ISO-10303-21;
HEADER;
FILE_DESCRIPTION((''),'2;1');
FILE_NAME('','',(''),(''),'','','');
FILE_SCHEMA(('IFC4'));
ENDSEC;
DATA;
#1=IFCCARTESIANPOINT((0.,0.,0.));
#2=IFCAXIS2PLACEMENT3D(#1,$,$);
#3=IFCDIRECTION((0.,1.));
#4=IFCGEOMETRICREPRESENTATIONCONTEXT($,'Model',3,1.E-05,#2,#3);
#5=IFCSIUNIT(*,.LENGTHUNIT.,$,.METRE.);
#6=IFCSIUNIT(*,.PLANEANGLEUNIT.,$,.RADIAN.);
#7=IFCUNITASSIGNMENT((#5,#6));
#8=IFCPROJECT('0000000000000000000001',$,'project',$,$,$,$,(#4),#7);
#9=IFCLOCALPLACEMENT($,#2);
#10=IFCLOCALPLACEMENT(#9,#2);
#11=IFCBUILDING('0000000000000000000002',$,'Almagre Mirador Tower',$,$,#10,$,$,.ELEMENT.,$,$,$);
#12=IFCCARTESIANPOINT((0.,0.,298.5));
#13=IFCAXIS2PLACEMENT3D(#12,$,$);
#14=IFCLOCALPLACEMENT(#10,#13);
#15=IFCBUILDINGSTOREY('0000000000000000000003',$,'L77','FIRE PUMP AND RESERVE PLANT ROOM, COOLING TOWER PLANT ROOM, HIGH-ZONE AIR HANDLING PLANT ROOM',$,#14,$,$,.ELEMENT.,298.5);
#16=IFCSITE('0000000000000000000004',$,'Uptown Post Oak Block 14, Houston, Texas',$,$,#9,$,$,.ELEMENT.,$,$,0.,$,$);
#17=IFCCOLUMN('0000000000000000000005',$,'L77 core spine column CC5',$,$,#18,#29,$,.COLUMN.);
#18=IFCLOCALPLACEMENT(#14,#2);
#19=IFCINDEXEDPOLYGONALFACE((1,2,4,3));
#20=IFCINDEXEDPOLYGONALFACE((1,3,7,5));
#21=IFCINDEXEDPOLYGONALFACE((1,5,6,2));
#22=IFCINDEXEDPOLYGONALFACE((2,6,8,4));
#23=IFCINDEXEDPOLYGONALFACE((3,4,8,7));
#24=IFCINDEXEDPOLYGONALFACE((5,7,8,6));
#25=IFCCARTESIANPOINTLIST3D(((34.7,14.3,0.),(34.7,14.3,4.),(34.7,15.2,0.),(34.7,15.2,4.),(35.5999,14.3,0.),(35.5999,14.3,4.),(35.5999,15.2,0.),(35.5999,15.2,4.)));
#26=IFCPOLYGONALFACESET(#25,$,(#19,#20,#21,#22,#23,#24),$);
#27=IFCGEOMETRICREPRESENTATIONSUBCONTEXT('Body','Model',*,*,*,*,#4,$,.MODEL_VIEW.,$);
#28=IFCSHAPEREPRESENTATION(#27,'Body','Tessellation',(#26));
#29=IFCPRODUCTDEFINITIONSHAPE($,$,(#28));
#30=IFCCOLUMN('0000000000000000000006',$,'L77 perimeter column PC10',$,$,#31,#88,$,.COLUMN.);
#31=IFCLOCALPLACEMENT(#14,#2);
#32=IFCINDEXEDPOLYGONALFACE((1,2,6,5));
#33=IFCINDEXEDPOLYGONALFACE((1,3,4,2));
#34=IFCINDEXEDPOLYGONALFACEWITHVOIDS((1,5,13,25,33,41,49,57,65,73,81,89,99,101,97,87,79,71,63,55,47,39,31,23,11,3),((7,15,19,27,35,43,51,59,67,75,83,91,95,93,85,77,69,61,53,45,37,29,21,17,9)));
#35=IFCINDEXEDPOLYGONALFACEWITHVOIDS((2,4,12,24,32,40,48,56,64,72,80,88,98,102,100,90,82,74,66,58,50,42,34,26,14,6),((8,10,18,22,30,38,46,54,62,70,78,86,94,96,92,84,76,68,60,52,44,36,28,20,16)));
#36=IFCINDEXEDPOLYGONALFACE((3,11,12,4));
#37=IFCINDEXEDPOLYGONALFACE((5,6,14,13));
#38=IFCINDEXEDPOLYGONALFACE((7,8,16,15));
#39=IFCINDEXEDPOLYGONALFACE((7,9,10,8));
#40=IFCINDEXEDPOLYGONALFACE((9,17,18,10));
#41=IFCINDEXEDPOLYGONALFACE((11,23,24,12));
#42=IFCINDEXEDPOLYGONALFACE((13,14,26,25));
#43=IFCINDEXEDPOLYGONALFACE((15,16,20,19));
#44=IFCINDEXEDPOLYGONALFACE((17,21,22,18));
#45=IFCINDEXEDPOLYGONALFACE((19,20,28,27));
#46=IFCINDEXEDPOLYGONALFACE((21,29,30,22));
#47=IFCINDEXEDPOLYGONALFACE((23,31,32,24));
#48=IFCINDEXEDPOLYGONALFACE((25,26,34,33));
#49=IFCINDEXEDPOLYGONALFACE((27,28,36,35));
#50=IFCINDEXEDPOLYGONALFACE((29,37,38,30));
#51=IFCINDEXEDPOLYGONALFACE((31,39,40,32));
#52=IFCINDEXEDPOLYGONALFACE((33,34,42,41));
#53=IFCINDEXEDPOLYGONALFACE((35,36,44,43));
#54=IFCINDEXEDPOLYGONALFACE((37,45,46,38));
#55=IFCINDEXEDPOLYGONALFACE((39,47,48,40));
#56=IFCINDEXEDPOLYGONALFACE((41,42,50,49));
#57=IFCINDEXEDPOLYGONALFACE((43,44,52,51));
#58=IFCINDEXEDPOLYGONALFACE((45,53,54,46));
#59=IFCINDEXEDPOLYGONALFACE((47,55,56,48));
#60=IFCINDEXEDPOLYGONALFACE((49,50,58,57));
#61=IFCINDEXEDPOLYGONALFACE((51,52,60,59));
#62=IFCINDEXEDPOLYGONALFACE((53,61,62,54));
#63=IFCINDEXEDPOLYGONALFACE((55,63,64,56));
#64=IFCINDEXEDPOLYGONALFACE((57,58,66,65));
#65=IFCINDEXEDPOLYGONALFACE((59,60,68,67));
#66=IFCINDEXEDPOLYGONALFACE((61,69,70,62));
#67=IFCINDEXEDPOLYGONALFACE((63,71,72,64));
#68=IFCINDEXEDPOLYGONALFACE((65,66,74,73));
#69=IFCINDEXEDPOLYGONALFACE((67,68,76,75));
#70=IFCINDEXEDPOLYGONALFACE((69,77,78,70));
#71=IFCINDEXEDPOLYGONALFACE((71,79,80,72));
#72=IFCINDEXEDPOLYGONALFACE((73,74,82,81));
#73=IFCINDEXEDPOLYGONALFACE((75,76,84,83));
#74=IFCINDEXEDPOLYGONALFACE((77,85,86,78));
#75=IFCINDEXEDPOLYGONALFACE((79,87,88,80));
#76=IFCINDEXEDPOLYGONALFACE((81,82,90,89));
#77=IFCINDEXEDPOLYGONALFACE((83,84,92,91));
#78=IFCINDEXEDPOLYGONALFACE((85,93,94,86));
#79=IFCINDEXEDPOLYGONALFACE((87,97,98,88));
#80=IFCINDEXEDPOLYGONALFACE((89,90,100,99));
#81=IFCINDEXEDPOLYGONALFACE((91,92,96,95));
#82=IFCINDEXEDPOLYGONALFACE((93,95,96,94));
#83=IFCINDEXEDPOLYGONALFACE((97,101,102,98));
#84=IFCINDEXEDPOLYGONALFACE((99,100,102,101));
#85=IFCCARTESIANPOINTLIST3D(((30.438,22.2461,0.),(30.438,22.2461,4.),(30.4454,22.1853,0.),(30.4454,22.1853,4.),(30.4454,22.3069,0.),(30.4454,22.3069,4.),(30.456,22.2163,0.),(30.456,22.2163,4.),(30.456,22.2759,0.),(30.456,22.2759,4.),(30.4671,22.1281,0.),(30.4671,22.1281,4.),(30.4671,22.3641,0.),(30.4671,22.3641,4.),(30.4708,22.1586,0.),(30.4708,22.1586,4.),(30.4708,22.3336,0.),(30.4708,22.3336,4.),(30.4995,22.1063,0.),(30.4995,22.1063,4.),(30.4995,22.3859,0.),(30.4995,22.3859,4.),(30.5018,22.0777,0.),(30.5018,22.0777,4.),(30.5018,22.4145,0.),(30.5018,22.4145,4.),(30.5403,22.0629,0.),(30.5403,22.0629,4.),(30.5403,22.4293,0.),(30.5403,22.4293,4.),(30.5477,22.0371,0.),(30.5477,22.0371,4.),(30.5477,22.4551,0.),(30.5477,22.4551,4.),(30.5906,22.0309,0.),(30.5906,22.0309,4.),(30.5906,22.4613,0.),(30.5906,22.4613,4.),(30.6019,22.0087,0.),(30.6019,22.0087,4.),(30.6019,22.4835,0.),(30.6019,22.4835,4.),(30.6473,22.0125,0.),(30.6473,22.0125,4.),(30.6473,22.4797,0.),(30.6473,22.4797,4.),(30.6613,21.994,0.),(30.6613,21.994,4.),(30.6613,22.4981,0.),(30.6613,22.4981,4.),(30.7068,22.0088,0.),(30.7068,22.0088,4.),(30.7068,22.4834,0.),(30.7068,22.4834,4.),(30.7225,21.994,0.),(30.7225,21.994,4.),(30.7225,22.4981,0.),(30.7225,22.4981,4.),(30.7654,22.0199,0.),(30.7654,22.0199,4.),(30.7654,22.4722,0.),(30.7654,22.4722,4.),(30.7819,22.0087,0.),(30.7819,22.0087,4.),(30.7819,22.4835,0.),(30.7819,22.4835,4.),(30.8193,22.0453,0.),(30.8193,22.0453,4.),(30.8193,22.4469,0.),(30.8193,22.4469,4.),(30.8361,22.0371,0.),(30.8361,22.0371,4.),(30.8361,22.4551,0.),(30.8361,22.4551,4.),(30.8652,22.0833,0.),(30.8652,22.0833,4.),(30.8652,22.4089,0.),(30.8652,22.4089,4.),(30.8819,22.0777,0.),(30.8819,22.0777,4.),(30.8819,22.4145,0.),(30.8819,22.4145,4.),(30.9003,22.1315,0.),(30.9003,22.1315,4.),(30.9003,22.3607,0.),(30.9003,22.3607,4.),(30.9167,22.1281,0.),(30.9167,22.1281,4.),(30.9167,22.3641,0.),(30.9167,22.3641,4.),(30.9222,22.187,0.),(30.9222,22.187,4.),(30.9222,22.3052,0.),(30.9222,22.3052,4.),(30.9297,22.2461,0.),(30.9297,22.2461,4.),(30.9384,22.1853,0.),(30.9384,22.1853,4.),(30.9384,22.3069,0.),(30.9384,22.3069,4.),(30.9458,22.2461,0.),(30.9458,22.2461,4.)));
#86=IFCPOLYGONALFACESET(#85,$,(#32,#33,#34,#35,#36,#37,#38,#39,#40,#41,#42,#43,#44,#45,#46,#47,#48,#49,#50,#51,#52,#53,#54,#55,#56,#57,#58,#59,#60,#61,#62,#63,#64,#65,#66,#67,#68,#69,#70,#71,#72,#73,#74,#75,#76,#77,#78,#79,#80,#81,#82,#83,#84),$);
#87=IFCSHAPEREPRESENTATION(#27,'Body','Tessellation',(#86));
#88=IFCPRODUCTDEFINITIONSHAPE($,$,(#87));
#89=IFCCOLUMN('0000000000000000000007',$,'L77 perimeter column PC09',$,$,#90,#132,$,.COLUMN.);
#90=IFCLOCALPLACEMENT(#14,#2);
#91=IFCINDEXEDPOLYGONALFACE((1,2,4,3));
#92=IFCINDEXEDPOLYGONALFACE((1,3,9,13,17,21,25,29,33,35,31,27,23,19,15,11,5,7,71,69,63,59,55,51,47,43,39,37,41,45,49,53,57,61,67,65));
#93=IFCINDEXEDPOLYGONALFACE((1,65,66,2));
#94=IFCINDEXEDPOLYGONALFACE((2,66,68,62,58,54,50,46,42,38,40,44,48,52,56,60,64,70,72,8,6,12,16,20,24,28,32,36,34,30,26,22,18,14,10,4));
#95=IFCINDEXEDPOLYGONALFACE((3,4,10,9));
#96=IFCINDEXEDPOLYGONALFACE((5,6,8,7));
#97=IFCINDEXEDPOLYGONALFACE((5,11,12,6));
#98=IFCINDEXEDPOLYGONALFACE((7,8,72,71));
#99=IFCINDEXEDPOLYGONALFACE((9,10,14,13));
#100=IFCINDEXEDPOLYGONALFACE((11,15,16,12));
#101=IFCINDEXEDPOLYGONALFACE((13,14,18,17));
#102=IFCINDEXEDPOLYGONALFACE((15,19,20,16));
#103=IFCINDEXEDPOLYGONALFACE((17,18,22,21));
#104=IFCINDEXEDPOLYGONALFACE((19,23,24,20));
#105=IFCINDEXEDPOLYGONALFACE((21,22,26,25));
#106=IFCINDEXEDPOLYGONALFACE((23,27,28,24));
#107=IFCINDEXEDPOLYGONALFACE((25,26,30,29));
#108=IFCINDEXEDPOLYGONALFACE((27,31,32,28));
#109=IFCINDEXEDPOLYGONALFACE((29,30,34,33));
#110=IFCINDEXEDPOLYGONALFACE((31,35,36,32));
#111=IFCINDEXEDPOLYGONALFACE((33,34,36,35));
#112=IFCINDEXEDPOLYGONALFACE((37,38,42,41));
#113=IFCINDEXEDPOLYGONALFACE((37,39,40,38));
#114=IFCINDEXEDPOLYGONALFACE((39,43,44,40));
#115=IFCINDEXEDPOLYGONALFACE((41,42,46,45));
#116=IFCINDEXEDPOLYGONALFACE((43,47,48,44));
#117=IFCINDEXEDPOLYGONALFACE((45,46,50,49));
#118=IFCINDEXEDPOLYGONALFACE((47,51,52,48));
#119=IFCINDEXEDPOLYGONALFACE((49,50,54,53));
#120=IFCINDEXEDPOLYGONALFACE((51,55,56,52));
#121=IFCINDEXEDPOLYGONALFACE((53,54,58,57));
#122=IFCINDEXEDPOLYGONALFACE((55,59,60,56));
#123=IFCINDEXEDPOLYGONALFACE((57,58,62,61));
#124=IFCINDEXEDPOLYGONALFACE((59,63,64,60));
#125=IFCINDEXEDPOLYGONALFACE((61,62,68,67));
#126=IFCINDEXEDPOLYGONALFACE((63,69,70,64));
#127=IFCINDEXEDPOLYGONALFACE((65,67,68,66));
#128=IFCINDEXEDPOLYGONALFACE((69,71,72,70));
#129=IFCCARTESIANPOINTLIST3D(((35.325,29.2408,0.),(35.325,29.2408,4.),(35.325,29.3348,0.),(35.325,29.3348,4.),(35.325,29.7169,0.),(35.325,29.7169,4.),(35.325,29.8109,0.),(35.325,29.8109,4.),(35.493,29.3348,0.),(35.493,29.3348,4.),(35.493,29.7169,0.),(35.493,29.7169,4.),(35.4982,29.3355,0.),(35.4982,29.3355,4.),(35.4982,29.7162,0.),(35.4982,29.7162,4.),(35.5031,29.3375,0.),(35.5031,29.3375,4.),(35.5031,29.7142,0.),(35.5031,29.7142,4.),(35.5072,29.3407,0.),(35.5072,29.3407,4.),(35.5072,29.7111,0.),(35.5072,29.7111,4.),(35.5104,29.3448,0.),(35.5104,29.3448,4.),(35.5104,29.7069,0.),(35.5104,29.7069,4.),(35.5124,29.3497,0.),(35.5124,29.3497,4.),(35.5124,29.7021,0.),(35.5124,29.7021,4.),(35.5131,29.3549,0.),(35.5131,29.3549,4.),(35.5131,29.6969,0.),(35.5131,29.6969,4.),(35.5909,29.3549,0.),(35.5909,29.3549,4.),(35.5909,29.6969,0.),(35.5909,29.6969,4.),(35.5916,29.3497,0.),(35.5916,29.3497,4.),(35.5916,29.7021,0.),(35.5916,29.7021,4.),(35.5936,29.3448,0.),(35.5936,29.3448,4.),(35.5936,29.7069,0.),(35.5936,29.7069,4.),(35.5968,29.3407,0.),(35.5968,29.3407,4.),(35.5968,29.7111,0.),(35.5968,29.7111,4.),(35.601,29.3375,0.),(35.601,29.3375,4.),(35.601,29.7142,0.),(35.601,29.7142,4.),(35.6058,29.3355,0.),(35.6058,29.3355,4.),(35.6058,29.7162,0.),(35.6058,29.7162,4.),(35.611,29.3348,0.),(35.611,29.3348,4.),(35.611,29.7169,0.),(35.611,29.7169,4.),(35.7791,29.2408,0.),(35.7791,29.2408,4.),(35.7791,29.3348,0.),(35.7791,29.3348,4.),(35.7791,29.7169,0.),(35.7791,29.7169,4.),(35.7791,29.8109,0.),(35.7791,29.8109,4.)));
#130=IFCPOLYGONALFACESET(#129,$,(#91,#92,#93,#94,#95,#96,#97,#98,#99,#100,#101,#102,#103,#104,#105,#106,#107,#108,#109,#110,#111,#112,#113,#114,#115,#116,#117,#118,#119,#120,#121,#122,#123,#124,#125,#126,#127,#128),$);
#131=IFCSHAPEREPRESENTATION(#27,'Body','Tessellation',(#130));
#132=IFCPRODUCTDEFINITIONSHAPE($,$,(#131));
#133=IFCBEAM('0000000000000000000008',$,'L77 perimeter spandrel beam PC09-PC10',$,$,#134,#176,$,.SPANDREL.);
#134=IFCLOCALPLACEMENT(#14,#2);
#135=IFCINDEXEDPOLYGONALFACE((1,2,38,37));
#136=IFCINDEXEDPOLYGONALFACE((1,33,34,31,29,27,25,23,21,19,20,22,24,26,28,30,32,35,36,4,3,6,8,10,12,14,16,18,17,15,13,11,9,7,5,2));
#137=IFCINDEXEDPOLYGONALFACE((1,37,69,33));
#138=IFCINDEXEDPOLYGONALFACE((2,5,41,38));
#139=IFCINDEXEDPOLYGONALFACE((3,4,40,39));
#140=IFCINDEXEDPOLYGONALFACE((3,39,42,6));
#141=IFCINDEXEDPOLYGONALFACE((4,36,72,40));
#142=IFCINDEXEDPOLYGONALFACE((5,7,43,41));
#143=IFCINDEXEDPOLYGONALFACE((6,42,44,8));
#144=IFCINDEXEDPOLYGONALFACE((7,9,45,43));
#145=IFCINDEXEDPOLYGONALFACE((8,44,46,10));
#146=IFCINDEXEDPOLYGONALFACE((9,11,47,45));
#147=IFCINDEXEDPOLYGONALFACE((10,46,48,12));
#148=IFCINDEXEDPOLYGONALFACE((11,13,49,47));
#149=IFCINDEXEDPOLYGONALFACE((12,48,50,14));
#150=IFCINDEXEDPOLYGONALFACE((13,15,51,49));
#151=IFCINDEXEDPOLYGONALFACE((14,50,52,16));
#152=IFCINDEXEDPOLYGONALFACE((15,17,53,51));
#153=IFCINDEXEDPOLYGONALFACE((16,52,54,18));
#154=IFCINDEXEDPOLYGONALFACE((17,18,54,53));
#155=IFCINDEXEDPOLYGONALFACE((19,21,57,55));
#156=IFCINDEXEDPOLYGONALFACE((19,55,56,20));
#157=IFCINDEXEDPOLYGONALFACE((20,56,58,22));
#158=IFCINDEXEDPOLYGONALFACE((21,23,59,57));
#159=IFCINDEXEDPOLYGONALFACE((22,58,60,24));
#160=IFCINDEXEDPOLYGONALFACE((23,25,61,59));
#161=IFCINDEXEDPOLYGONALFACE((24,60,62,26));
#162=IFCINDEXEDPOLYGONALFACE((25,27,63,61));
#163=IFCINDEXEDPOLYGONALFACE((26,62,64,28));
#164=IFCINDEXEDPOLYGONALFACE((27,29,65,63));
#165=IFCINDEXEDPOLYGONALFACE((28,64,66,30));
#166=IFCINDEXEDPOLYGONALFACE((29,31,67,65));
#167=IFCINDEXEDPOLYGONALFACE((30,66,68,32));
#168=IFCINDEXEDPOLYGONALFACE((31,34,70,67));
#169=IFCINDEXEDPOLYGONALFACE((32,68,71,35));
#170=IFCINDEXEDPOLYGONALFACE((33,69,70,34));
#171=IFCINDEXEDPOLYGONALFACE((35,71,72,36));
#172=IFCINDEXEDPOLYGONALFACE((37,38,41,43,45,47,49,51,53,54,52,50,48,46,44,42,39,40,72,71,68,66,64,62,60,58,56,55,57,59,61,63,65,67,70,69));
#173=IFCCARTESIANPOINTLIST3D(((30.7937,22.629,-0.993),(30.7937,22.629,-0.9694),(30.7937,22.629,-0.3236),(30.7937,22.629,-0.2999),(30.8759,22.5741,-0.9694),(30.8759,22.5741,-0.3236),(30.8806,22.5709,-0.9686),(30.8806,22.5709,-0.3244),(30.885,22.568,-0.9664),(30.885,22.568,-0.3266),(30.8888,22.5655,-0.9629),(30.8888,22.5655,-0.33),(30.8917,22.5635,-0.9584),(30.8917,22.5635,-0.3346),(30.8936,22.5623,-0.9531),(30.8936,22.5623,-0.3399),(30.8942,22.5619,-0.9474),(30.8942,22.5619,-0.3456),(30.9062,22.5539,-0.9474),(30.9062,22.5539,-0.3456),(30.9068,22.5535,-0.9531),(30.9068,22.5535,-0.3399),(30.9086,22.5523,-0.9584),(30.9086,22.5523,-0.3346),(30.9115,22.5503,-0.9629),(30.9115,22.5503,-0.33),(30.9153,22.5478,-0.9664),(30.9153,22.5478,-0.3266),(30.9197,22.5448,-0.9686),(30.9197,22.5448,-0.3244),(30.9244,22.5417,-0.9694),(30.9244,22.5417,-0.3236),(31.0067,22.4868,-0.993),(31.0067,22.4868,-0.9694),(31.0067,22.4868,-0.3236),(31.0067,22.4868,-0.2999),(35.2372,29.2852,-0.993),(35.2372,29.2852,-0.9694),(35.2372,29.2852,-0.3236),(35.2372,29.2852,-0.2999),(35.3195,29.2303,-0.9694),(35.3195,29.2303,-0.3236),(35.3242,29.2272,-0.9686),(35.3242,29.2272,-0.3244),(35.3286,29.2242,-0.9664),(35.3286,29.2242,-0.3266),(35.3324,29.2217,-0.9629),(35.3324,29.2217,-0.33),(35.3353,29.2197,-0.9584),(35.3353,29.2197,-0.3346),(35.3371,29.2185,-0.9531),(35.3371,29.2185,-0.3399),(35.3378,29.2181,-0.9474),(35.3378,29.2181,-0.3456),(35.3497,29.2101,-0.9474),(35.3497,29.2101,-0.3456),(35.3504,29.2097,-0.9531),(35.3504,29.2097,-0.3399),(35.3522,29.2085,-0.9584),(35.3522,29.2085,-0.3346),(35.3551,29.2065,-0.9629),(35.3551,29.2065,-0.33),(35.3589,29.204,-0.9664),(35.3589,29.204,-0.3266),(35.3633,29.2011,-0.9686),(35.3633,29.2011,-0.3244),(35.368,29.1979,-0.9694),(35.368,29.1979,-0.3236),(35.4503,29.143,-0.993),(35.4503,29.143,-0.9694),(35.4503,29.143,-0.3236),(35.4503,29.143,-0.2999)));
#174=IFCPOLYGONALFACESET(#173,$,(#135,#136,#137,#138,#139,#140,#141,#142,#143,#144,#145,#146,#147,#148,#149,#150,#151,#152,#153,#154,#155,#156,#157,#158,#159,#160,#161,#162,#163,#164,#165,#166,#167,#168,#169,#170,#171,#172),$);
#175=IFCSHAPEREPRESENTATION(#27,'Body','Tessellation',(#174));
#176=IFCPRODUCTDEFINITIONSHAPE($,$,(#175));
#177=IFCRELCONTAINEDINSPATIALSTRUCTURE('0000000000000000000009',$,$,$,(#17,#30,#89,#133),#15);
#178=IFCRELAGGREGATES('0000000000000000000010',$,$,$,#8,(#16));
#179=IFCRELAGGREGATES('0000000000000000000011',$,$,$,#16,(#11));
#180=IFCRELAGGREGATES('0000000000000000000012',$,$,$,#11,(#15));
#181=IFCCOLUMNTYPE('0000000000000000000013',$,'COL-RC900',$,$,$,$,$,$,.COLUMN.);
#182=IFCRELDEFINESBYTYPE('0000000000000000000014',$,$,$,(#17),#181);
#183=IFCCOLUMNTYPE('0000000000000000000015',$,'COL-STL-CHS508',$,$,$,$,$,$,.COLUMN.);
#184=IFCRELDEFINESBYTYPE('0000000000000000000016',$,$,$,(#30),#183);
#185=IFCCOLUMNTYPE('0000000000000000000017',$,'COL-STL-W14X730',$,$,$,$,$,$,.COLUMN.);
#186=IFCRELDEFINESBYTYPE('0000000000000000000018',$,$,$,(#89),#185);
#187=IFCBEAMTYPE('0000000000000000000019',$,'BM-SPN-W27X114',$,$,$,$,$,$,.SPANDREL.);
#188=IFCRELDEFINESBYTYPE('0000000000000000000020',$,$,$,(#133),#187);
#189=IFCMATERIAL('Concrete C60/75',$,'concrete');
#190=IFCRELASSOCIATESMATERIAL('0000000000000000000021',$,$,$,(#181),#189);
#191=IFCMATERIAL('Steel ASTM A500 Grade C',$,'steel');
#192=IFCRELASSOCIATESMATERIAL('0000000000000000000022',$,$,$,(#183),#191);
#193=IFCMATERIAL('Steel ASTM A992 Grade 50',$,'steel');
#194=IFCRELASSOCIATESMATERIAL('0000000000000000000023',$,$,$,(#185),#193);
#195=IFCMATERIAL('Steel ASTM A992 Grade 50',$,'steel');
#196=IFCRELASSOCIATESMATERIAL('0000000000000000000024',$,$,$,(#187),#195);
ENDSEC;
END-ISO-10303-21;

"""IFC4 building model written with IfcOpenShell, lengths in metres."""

from ifc_helpers import new_model, si_unit, direction, frame, origin, origin_2d, place, context, subcontext, project, spatial, rectangle, hollow_circle, i_section, extrude, material, material_profile, profile_set, type_object, element, save


model = new_model("IFC4")

# Units and contexts
model_context = context("Model", 3, precision=1e-05, world=origin(), true_north=direction((0.0, 1.0)))
body_context = subcontext(model_context, "Body", "Model", "MODEL_VIEW")
ifc_project = project(units=[si_unit("LENGTHUNIT", "METRE"), si_unit("PLANEANGLEUNIT", "RADIAN")], contexts=[model_context])

# Site, building, storey
site_placement = place(None, origin())
site = spatial("IfcSite", under=ifc_project, at=site_placement, Name="Uptown Post Oak Block 14, Houston, Texas", CompositionType="ELEMENT", RefElevation=0.0)
building_placement = place(site_placement, origin())
building = spatial("IfcBuilding", under=site, at=building_placement, Name="Almagre Mirador Tower", CompositionType="ELEMENT")
storey_placement = place(building_placement, frame((0.0, 0.0, 298.5)))
storey = spatial("IfcBuildingStorey", under=building, at=storey_placement, Name="L77", Description="FIRE PUMP AND RESERVE PLANT ROOM, COOLING TOWER PLANT ROOM, HIGH-ZONE AIR HANDLING PLANT ROOM", CompositionType="ELEMENT", Elevation=298.5)

# Columns
ifc_material_1 = material(Name="Concrete C60/75", Category="concrete")
ifc_material_profile_1 = material_profile(ifc_material_1, rectangle(XDim=0.8999, YDim=0.8999, at=origin_2d()), Name="RC900X900")
ifc_profile_set_1 = profile_set([ifc_material_profile_1], Name="Concrete C60/75")
column_type_1 = type_object("IfcColumnType", Name="COL-RC900", PredefinedType="COLUMN", material=ifc_profile_set_1)
column_1_placement = place(storey_placement, frame((35.1499, 14.75, 0.0), z_axis=(0.0, 0.0, 1.0), x_axis=(1.0, 0.0, 0.0)))
element("IfcColumn", 1, at=column_1_placement, inside=storey, type_object=column_type_1, Name="L77 core spine column CC5", PredefinedType="COLUMN", context=body_context, shape_type="SweptSolid", body=[
    extrude(rectangle(XDim=0.8999, YDim=0.8999, at=origin_2d()), origin(), (0.0, 0.0, 1.0), 4.0),
])
ifc_material_2 = material(Name="Steel ASTM A500 Grade C", Category="steel")
ifc_material_profile_2 = material_profile(ifc_material_2, hollow_circle(Radius=0.2539, WallThickness=0.0161, at=origin_2d()), Name="CHS508X16")
ifc_profile_set_2 = profile_set([ifc_material_profile_2], Name="Steel ASTM A500 Grade C")
column_type_2 = type_object("IfcColumnType", Name="COL-STL-CHS508", PredefinedType="COLUMN", material=ifc_profile_set_2)
column_2_placement = place(storey_placement, frame((30.6919, 22.2461, 0.0), z_axis=(0.0, 0.0, 1.0), x_axis=(1.0, 0.0, 0.0)))
element("IfcColumn", 2, at=column_2_placement, inside=storey, type_object=column_type_2, Name="L77 perimeter column PC10", PredefinedType="COLUMN", context=body_context, shape_type="SweptSolid", body=[
    extrude(hollow_circle(Radius=0.2539, WallThickness=0.0161, at=origin_2d()), origin(), (0.0, 0.0, 1.0), 4.0),
])
ifc_material_3 = material(Name="Steel ASTM A992 Grade 50", Category="steel")
ifc_material_profile_3 = material_profile(ifc_material_3, i_section(OverallWidth=0.4541, OverallDepth=0.5701, WebThickness=0.0779, FlangeThickness=0.094, FilletRadius=0.02, at=origin_2d()), Name="W14X730")
ifc_profile_set_3 = profile_set([ifc_material_profile_3], Name="Steel ASTM A992 Grade 50")
column_type_3 = type_object("IfcColumnType", Name="COL-STL-W14X730", PredefinedType="COLUMN", material=ifc_profile_set_3)
column_3_placement = place(storey_placement, frame((35.552, 29.5259, 0.0), z_axis=(0.0, 0.0, 1.0), x_axis=(1.0, 0.0, 0.0)))
element("IfcColumn", 3, at=column_3_placement, inside=storey, type_object=column_type_3, Name="L77 perimeter column PC09", PredefinedType="COLUMN", context=body_context, shape_type="SweptSolid", body=[
    extrude(i_section(OverallWidth=0.4541, OverallDepth=0.5701, WebThickness=0.0779, FlangeThickness=0.094, FilletRadius=0.02, at=origin_2d()), origin(), (0.0, 0.0, 1.0), 4.0),
])

# Beam
ifc_material_4 = material(Name="Steel ASTM A992 Grade 50", Category="steel")
ifc_material_profile_4 = material_profile(ifc_material_4, i_section(OverallWidth=0.2561, OverallDepth=0.6931, WebThickness=0.0144, FlangeThickness=0.0237, FilletRadius=0.022, at=origin_2d()), Name="W27X114")
ifc_profile_set_4 = profile_set([ifc_material_profile_4], Name="Steel ASTM A992 Grade 50")
beam_type_1 = type_object("IfcBeamType", Name="BM-SPN-W27X114", PredefinedType="SPANDREL", material=ifc_profile_set_4)
beam_1_placement = place(storey_placement, frame((35.3438, 29.2141, -0.6465), z_axis=(-0.555228, -0.831698, 0.0), x_axis=(0.831698, -0.555228, 0.0)))
element("IfcBeam", 4, at=beam_1_placement, inside=storey, type_object=beam_type_1, Name="L77 perimeter spandrel beam PC09-PC10", PredefinedType="SPANDREL", context=body_context, shape_type="SweptSolid", body=[
    extrude(i_section(OverallWidth=0.2561, OverallDepth=0.6931, WebThickness=0.0144, FlangeThickness=0.0237, FilletRadius=0.022, at=origin_2d()), origin(), (0.0, 0.0, 1.0), 8.0032),
])

save(model, "model.ifc")
